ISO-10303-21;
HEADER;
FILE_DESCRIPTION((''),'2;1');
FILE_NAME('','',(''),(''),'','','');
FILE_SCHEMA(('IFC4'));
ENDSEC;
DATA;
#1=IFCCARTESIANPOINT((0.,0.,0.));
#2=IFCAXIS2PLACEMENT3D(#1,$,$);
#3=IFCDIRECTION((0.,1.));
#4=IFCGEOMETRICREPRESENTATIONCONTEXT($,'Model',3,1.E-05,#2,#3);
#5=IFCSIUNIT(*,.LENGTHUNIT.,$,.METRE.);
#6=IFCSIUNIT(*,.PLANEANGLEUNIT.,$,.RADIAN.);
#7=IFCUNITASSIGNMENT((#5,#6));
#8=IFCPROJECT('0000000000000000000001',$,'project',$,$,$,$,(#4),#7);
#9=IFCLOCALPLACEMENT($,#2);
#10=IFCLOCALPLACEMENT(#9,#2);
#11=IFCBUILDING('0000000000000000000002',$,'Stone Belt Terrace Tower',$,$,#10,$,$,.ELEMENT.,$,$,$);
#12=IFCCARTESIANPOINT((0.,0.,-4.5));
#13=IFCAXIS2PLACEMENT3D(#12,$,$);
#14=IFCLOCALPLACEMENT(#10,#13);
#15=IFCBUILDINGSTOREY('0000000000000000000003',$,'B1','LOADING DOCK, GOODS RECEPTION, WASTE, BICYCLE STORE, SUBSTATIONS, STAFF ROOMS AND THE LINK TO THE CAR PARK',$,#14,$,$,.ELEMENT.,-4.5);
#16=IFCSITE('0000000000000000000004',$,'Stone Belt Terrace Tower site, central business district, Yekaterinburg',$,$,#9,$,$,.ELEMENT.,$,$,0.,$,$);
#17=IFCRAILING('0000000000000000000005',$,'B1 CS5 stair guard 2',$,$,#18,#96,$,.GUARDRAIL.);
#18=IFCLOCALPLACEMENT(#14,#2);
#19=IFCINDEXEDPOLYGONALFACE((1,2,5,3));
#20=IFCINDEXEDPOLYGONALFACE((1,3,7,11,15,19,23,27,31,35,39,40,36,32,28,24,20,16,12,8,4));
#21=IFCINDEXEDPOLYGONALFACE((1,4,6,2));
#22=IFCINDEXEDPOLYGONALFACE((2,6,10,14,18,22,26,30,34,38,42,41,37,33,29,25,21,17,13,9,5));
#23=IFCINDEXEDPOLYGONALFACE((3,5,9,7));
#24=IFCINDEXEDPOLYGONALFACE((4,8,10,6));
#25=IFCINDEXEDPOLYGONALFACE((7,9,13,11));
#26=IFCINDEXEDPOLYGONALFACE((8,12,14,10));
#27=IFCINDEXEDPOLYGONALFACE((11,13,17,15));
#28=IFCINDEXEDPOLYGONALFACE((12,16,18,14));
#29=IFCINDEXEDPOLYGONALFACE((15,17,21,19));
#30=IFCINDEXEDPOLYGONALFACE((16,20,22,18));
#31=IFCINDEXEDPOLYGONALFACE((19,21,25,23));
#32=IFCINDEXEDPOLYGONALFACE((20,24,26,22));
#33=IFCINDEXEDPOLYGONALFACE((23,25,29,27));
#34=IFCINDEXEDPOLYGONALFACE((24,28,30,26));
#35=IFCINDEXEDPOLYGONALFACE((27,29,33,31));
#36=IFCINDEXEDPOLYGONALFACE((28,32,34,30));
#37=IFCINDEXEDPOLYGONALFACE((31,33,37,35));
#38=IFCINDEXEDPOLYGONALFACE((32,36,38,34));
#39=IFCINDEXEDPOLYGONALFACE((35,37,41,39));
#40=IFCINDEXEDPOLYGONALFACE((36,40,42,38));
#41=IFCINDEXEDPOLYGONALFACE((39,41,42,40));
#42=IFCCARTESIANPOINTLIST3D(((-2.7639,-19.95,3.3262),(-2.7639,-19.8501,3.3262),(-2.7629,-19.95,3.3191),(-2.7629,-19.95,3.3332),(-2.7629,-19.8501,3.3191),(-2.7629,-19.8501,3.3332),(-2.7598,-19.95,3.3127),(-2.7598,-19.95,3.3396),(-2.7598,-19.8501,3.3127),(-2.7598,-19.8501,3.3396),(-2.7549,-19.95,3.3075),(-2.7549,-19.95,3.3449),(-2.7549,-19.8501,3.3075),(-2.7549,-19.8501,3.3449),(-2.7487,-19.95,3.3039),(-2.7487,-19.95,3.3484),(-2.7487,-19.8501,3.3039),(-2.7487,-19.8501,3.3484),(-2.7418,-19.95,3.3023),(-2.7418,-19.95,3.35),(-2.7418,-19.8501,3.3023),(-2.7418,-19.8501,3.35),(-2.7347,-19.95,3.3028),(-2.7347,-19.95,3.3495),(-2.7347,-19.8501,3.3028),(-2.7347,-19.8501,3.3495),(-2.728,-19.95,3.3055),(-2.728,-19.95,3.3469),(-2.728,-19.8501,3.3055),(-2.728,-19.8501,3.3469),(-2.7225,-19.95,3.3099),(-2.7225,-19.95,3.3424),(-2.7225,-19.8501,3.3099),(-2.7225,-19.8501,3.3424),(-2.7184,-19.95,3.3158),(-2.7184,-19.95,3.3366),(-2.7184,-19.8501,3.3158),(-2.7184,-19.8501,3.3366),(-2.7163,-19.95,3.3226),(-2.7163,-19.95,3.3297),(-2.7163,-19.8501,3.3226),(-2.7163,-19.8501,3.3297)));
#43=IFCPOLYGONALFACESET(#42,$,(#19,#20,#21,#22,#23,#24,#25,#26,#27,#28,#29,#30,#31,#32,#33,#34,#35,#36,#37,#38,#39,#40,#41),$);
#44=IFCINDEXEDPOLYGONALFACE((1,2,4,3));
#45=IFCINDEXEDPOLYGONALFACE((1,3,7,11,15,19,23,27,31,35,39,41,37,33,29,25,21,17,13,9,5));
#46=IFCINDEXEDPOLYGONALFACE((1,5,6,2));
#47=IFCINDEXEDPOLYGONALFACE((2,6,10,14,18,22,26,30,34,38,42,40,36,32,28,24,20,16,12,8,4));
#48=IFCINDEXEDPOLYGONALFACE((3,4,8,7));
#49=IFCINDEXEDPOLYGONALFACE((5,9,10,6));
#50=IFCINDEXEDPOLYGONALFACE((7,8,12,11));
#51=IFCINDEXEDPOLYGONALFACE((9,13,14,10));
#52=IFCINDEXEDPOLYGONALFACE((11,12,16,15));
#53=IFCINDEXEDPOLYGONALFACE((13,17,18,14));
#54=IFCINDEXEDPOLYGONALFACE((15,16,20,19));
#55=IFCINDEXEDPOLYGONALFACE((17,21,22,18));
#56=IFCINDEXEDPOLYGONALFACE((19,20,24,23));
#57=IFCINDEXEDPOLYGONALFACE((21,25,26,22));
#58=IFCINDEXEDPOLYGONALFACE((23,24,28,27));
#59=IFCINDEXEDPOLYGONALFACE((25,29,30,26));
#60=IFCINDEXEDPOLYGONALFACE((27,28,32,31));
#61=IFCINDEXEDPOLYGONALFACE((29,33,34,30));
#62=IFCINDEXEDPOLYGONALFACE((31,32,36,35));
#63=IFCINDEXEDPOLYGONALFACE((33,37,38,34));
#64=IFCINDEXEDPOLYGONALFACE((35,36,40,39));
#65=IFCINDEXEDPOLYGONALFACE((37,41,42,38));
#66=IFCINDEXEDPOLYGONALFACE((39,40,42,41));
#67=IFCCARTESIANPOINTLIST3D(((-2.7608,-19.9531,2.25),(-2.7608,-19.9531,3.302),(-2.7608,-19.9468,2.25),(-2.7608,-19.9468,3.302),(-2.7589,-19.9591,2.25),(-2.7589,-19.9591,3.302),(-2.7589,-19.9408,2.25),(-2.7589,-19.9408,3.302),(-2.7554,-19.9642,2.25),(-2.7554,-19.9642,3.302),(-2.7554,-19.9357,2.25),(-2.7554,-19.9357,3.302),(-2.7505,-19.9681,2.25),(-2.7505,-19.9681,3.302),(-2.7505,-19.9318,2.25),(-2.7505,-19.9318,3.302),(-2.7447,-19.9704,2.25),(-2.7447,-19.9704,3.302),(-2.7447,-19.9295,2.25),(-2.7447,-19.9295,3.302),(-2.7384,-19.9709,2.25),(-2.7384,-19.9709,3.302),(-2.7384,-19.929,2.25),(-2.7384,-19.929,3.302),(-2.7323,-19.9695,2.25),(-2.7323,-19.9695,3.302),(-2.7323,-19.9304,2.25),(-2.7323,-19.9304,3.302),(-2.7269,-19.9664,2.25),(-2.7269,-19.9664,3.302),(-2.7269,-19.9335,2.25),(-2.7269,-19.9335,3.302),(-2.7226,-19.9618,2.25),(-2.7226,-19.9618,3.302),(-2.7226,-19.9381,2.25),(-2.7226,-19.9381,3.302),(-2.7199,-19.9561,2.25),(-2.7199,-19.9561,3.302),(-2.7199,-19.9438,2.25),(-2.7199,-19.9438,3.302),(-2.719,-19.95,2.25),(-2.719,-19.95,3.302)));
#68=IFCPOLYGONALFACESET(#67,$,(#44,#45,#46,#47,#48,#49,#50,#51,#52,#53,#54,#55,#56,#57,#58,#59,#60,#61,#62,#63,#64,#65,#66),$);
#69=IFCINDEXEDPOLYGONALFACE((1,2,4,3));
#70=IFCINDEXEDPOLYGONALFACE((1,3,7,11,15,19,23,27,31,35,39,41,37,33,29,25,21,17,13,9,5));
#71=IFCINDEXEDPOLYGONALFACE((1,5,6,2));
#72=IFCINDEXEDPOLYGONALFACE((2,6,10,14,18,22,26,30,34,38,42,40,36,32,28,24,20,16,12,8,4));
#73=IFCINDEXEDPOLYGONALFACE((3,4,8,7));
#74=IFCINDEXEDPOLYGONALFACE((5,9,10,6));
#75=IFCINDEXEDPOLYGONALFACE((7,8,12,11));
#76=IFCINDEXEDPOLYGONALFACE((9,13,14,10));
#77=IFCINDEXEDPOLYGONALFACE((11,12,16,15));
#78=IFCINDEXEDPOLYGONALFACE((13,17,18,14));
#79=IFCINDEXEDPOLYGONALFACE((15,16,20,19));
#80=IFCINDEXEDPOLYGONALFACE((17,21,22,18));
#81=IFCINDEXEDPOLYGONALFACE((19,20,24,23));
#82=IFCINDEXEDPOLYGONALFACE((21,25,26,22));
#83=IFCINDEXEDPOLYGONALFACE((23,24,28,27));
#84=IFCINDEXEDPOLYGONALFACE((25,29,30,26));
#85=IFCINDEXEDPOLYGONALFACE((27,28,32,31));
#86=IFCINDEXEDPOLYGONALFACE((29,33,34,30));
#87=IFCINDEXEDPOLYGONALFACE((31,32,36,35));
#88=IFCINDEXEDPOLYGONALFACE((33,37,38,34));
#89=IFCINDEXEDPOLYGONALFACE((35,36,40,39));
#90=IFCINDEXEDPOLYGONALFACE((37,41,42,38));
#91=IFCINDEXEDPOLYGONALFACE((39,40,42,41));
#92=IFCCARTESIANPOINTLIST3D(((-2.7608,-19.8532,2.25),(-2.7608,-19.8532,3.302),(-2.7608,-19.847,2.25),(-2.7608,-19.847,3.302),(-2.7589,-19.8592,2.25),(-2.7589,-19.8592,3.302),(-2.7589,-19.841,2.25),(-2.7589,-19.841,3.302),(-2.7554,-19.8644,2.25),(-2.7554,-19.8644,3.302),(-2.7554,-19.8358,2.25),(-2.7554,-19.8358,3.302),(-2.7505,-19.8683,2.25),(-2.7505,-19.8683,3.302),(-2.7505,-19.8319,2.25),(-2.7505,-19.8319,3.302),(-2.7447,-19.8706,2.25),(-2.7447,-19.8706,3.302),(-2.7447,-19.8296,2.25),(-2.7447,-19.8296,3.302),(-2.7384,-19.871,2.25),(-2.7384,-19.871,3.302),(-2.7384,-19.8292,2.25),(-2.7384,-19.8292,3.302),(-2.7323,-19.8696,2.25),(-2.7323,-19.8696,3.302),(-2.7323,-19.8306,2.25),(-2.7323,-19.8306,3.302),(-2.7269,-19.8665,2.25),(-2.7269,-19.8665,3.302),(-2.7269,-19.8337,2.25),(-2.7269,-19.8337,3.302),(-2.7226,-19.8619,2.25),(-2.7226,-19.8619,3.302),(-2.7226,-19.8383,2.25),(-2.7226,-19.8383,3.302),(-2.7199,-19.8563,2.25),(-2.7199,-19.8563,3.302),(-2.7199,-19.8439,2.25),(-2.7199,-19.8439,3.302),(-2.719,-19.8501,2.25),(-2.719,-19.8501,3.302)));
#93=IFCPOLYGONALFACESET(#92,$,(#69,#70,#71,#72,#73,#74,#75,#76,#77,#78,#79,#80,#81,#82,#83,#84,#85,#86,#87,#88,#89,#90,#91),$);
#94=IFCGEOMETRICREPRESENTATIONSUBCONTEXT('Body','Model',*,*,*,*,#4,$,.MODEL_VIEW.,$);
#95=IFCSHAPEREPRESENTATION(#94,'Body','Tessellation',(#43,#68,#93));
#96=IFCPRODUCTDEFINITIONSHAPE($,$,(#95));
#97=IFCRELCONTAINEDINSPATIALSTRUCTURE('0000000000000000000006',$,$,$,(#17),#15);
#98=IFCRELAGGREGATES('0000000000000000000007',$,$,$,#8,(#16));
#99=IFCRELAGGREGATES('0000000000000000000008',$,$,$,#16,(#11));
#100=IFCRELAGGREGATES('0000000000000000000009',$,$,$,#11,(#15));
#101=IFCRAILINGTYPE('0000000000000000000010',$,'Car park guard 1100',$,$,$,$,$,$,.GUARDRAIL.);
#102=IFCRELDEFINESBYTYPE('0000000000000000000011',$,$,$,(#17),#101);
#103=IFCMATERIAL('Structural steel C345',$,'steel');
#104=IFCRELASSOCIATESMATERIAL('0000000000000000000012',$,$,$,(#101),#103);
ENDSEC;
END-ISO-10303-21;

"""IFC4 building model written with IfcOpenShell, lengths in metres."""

from ifc_helpers import new_model, si_unit, direction, frame, origin, origin_2d, place, context, subcontext, project, spatial, circle, extrude, material, type_object, element, save


model = new_model("IFC4")

# Units and contexts
model_context = context("Model", 3, precision=1e-05, world=origin(), true_north=direction((0.0, 1.0)))
body_context = subcontext(model_context, "Body", "Model", "MODEL_VIEW")
ifc_project = project(units=[si_unit("LENGTHUNIT", "METRE"), si_unit("PLANEANGLEUNIT", "RADIAN")], contexts=[model_context])

# Site, building, storey
site_placement = place(None, origin())
site = spatial("IfcSite", under=ifc_project, at=site_placement, Name="Stone Belt Terrace Tower site, central business district, Yekaterinburg", CompositionType="ELEMENT", RefElevation=0.0)
building_placement = place(site_placement, origin())
building = spatial("IfcBuilding", under=site, at=building_placement, Name="Stone Belt Terrace Tower", CompositionType="ELEMENT")
storey_placement = place(building_placement, frame((0.0, 0.0, -4.5)))
storey = spatial("IfcBuildingStorey", under=building, at=storey_placement, Name="B1", Description="LOADING DOCK, GOODS RECEPTION, WASTE, BICYCLE STORE, SUBSTATIONS, STAFF ROOMS AND THE LINK TO THE CAR PARK", CompositionType="ELEMENT", Elevation=-4.5)

# Railing
ifc_material_1 = material(Name="Structural steel C345", Category="steel")
railing_type_1 = type_object("IfcRailingType", Name="Car park guard 1100", PredefinedType="GUARDRAIL", material=ifc_material_1)
railing_1_placement = place(storey_placement, frame((-2.74, -19.95, 2.25)))
element("IfcRailing", 1, at=railing_1_placement, inside=storey, type_object=railing_type_1, Name="B1 CS5 stair guard 2", PredefinedType="GUARDRAIL", context=body_context, shape_type="SweptSolid", body=[
    extrude(circle(Radius=0.0239, at=origin_2d()), frame((0.0, 0.0, 1.0762), z_axis=(0.0, 1.0, 0.0), x_axis=(-1.0, 0.0, 0.0)), (0.0, 0.0, 1.0), 0.0999),
    extrude(circle(Radius=0.021, at=origin_2d()), origin(), (0.0, 0.0, 1.0), 1.052),
    extrude(circle(Radius=0.021, at=origin_2d()), frame((0.0, 0.0999, 0.0)), (0.0, 0.0, 1.0), 1.052),
])

save(model, "model.ifc")
